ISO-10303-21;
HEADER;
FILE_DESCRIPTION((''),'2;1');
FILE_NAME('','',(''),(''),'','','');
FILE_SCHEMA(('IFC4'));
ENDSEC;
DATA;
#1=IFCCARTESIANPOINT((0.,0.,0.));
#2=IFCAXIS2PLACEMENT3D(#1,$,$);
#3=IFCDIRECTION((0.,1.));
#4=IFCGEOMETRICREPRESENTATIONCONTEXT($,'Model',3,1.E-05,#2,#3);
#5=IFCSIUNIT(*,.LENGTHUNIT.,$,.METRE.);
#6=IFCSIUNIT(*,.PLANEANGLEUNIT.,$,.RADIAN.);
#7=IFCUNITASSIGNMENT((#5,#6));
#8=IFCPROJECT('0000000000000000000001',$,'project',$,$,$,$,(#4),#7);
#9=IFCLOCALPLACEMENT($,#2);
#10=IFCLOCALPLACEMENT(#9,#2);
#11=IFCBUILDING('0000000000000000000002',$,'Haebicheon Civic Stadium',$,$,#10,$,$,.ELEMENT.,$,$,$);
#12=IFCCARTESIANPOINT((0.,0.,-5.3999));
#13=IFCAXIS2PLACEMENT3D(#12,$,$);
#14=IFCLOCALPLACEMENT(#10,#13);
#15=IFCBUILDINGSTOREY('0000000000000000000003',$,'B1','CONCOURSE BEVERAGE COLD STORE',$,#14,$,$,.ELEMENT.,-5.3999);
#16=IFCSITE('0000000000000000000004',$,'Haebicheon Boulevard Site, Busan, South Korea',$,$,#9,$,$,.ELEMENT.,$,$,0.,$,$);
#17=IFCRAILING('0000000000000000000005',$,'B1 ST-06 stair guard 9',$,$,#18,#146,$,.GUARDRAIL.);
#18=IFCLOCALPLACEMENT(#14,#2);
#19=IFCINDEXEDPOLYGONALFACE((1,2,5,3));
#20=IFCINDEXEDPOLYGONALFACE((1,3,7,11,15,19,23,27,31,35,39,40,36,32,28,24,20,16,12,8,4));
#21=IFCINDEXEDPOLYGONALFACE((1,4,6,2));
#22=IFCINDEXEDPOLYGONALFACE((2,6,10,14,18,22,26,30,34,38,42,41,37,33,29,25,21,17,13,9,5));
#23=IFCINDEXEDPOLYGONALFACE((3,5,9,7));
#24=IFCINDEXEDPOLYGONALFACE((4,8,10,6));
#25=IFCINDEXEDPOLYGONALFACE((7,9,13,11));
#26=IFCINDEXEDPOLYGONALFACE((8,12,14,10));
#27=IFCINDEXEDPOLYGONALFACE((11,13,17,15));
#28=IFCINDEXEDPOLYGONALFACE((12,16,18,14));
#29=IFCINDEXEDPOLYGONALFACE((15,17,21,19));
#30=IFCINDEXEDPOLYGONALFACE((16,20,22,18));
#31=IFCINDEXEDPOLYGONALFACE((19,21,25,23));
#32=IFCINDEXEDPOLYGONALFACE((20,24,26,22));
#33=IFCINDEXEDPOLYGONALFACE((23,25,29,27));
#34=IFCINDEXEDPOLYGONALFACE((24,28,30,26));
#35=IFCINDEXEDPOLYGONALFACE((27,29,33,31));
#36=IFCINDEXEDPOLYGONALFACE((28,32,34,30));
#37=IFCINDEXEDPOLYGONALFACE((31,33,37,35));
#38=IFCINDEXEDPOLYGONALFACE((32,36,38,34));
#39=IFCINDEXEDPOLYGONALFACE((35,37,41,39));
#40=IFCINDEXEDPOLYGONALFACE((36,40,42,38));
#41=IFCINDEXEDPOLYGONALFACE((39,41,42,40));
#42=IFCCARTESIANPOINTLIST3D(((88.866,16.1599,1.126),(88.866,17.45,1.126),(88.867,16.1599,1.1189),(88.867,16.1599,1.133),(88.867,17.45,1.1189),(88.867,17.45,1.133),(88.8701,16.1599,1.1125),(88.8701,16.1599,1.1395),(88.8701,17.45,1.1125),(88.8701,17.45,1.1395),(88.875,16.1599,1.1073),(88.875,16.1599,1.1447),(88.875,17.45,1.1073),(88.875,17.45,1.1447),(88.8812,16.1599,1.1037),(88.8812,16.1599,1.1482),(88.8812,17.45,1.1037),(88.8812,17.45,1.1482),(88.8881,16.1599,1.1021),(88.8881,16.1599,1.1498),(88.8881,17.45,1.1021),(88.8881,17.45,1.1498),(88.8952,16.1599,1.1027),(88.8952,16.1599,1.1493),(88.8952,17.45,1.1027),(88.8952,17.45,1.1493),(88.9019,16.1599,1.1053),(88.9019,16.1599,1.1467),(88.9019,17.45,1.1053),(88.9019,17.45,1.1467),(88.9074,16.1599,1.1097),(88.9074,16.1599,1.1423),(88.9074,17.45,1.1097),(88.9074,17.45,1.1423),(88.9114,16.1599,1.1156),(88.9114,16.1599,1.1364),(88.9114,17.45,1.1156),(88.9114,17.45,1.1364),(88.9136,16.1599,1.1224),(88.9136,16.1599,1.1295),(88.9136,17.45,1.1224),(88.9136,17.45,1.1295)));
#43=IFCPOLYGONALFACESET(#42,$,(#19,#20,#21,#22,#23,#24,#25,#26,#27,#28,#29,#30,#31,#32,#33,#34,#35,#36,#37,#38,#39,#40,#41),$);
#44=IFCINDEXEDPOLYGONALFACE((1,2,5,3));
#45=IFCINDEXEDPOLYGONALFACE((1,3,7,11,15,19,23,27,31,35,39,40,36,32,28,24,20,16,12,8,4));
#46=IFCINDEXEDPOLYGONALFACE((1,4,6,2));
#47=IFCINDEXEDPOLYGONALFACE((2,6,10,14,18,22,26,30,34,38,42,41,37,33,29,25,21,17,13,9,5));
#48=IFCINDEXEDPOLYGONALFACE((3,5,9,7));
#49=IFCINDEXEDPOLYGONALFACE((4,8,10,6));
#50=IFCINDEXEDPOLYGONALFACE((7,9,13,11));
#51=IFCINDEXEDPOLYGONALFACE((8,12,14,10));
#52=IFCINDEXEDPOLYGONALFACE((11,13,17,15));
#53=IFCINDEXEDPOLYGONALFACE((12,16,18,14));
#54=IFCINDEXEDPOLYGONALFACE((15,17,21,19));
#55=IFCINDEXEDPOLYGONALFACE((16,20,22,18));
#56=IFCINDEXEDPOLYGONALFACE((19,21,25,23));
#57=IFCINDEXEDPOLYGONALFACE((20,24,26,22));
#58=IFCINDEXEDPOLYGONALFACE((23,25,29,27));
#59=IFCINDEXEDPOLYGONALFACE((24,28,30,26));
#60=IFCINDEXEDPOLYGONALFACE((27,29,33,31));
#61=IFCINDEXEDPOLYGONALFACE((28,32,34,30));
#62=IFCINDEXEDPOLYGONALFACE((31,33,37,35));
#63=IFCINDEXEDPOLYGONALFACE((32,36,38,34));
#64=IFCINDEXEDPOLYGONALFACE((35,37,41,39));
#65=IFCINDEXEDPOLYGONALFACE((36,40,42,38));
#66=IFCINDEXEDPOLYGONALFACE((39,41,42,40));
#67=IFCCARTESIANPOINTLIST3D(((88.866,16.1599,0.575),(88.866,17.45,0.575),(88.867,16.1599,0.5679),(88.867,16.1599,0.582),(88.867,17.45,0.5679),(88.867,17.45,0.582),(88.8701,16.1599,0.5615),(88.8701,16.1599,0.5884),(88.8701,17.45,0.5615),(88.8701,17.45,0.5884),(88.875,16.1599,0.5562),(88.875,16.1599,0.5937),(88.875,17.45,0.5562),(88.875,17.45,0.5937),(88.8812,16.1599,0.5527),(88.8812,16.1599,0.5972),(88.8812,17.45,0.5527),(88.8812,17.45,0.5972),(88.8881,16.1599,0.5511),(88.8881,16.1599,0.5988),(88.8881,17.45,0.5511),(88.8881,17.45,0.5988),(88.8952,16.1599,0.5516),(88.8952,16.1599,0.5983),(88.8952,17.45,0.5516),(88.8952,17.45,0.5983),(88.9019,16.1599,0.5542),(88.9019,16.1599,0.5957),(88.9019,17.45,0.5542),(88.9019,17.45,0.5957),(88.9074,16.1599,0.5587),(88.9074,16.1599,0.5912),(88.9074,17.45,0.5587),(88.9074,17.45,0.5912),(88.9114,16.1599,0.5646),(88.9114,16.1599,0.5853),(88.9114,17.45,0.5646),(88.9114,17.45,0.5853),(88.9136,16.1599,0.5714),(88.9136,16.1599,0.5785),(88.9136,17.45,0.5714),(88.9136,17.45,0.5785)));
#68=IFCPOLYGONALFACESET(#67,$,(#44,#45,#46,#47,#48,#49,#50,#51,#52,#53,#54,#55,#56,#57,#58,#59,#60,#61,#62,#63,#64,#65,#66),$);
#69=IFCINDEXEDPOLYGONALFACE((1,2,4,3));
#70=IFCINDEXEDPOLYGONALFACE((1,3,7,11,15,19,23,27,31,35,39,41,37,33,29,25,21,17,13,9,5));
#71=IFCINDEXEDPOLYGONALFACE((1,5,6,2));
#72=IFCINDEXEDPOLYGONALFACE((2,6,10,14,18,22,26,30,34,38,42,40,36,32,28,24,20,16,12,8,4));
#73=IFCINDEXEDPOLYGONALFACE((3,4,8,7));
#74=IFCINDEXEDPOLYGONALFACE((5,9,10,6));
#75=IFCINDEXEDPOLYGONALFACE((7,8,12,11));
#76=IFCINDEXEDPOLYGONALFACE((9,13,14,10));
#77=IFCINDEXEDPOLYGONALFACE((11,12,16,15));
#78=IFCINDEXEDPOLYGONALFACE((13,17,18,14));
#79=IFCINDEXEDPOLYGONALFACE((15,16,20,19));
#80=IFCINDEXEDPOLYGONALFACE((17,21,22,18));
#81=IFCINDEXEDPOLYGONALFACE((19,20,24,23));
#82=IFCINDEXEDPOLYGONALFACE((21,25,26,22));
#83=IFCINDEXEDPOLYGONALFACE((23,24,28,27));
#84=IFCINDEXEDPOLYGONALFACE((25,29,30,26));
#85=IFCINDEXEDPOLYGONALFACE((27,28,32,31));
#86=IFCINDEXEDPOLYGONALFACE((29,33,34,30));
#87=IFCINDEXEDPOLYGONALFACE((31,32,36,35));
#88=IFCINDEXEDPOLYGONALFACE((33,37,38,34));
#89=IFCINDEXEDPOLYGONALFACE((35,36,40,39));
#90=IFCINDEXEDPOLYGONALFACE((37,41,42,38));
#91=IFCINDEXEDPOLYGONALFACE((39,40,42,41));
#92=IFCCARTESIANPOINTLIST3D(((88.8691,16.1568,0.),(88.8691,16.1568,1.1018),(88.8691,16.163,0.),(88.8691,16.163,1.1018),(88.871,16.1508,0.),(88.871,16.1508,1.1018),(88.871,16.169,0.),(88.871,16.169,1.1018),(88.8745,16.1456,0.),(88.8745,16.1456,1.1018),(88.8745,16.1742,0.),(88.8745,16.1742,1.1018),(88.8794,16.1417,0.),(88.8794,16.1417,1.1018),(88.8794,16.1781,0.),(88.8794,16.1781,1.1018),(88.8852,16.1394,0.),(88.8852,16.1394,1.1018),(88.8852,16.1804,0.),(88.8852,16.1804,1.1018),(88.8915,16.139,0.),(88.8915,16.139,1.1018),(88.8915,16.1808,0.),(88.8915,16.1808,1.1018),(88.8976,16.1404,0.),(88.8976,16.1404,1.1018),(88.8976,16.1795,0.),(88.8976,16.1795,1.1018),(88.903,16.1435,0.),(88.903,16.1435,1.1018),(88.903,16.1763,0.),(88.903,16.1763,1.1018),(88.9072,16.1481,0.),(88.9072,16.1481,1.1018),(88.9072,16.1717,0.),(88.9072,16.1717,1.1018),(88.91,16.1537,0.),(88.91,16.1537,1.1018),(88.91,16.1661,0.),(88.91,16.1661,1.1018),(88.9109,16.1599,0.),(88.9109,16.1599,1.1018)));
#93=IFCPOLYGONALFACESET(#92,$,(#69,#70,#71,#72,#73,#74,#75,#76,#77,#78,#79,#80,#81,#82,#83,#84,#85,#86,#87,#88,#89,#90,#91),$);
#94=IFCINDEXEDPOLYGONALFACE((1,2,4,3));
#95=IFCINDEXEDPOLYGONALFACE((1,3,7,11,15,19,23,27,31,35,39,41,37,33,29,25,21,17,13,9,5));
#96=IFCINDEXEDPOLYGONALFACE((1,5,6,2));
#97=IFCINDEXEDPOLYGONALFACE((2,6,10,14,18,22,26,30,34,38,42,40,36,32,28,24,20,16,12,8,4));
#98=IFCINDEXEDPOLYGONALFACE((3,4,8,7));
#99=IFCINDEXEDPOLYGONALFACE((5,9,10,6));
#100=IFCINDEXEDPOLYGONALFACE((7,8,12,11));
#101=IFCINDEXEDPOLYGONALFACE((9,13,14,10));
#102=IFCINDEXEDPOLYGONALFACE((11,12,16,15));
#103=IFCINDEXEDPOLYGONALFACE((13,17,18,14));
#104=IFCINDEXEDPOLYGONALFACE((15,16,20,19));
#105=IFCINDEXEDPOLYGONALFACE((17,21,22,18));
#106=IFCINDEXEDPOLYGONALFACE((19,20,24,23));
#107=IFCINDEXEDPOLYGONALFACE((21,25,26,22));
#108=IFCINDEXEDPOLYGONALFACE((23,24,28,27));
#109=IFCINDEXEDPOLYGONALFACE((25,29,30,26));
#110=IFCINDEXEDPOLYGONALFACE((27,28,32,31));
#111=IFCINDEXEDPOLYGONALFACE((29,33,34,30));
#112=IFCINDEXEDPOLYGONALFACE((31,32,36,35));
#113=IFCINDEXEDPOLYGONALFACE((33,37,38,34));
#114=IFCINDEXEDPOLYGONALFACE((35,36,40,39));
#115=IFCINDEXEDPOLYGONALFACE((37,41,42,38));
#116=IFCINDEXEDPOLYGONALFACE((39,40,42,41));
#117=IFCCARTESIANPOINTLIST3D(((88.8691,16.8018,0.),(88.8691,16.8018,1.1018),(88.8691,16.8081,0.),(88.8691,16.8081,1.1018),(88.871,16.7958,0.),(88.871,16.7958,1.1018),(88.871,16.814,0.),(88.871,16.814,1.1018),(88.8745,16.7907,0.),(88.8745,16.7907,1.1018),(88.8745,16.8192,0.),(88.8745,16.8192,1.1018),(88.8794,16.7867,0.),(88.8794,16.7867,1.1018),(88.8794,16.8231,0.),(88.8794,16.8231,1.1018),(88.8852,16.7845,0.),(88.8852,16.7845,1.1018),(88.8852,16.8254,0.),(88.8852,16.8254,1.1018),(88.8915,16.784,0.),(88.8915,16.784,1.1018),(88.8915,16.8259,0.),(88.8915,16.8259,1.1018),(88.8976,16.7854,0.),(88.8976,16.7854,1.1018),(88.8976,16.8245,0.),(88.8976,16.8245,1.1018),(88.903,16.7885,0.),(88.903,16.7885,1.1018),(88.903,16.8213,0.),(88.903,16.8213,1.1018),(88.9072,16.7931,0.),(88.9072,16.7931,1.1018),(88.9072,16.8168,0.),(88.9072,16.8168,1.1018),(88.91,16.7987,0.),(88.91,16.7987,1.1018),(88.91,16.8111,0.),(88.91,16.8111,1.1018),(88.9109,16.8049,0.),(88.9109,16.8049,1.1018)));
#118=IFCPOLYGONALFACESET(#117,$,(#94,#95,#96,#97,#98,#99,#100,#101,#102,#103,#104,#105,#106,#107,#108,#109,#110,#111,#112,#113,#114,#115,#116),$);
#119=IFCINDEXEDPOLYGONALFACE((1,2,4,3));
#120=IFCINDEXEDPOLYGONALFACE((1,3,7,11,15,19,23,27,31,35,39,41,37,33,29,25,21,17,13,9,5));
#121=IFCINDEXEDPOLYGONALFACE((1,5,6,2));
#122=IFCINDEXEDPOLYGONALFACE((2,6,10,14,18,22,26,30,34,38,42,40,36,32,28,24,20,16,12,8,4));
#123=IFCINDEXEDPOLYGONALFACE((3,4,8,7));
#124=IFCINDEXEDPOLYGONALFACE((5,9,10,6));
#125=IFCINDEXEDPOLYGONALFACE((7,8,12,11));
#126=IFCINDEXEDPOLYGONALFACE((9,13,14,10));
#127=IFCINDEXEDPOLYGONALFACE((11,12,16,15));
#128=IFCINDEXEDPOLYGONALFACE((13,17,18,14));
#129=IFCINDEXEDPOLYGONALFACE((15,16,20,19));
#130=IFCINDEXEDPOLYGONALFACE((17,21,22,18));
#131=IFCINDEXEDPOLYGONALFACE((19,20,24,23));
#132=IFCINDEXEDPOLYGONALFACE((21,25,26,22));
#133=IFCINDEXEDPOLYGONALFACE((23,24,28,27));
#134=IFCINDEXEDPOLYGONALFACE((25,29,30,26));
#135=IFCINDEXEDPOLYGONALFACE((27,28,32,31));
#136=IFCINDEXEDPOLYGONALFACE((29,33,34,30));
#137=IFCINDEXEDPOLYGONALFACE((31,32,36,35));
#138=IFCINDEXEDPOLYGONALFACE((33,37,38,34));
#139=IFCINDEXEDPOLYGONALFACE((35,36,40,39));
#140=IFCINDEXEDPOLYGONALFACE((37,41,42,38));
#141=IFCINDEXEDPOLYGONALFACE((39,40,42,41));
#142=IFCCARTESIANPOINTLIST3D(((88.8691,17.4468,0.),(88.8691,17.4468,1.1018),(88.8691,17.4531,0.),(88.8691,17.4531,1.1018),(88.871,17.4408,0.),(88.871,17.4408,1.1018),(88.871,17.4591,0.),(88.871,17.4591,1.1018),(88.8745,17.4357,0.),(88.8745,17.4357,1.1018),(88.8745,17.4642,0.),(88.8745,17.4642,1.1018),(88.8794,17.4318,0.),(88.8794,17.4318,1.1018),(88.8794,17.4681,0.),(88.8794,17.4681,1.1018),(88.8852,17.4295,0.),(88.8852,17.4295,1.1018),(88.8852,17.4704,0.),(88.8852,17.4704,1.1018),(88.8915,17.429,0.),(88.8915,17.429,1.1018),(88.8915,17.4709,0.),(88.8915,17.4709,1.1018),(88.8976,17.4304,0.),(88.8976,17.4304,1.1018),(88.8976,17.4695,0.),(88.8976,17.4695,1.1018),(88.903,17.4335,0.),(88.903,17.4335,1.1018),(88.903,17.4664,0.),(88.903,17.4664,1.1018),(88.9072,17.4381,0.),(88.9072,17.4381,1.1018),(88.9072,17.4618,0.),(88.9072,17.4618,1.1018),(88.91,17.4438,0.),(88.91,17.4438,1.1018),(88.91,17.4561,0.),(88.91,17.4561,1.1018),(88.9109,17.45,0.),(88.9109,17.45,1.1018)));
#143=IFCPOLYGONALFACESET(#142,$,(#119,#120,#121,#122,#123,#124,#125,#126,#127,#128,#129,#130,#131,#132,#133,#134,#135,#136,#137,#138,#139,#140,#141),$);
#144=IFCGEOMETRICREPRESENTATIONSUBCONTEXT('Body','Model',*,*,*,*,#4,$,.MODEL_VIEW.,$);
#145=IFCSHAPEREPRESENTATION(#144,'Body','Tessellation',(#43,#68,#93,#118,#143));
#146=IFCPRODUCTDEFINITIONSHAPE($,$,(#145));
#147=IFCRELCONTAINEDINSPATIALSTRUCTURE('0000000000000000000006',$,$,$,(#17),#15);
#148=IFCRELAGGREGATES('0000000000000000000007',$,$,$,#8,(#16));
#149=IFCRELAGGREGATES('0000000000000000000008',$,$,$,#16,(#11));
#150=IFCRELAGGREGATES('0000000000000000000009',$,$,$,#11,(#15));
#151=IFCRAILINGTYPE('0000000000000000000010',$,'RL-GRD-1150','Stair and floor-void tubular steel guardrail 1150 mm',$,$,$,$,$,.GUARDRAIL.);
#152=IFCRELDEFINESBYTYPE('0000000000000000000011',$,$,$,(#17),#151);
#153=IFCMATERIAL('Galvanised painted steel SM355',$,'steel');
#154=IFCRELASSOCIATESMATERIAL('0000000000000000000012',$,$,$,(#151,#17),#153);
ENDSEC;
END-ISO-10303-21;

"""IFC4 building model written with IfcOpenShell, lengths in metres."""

from ifc_helpers import new_model, si_unit, direction, frame, origin, origin_2d, place, context, subcontext, project, spatial, circle, extrude, material, type_object, element, save


model = new_model("IFC4")

# Units and contexts
model_context = context("Model", 3, precision=1e-05, world=origin(), true_north=direction((0.0, 1.0)))
body_context = subcontext(model_context, "Body", "Model", "MODEL_VIEW")
ifc_project = project(units=[si_unit("LENGTHUNIT", "METRE"), si_unit("PLANEANGLEUNIT", "RADIAN")], contexts=[model_context])

# Site, building, storey
site_placement = place(None, origin())
site = spatial("IfcSite", under=ifc_project, at=site_placement, Name="Haebicheon Boulevard Site, Busan, South Korea", CompositionType="ELEMENT", RefElevation=0.0)
building_placement = place(site_placement, origin())
building = spatial("IfcBuilding", under=site, at=building_placement, Name="Haebicheon Civic Stadium", CompositionType="ELEMENT")
storey_placement = place(building_placement, frame((0.0, 0.0, -5.3999)))
storey = spatial("IfcBuildingStorey", under=building, at=storey_placement, Name="B1", Description="CONCOURSE BEVERAGE COLD STORE", CompositionType="ELEMENT", Elevation=-5.3999)

# Railing
ifc_material_1 = material(Name="Galvanised painted steel SM355", Category="steel")
railing_type_1 = type_object("IfcRailingType", Name="RL-GRD-1150", Description="Stair and floor-void tubular steel guardrail 1150 mm", PredefinedType="GUARDRAIL", material=ifc_material_1)
for number, where, name in (
    (1, (88.8899, 16.1599, 0.0), "B1 ST-06 stair guard 9"),
):
    element("IfcRailing", number, at=place(storey_placement, frame(where)), inside=storey, type_object=railing_type_1, material=ifc_material_1, Name=name, PredefinedType="GUARDRAIL", context=body_context, shape_type="SweptSolid", body=[
        extrude(circle(Radius=0.0239, at=origin_2d()), frame((0.0, 0.0, 1.126), z_axis=(0.0, 1.0, 0.0), x_axis=(-1.0, 0.0, 0.0)), (0.0, 0.0, 1.0), 1.29),
        extrude(circle(Radius=0.0239, at=origin_2d()), frame((0.0, 0.0, 0.575), z_axis=(0.0, 1.0, 0.0), x_axis=(-1.0, 0.0, 0.0)), (0.0, 0.0, 1.0), 1.29),
        extrude(circle(Radius=0.021, at=origin_2d()), origin(), (0.0, 0.0, 1.0), 1.1018),
        extrude(circle(Radius=0.021, at=origin_2d()), frame((0.0, 0.645, 0.0)), (0.0, 0.0, 1.0), 1.1018),
        extrude(circle(Radius=0.021, at=origin_2d()), frame((0.0, 1.29, 0.0)), (0.0, 0.0, 1.0), 1.1018),
    ])

save(model, "model.ifc")
